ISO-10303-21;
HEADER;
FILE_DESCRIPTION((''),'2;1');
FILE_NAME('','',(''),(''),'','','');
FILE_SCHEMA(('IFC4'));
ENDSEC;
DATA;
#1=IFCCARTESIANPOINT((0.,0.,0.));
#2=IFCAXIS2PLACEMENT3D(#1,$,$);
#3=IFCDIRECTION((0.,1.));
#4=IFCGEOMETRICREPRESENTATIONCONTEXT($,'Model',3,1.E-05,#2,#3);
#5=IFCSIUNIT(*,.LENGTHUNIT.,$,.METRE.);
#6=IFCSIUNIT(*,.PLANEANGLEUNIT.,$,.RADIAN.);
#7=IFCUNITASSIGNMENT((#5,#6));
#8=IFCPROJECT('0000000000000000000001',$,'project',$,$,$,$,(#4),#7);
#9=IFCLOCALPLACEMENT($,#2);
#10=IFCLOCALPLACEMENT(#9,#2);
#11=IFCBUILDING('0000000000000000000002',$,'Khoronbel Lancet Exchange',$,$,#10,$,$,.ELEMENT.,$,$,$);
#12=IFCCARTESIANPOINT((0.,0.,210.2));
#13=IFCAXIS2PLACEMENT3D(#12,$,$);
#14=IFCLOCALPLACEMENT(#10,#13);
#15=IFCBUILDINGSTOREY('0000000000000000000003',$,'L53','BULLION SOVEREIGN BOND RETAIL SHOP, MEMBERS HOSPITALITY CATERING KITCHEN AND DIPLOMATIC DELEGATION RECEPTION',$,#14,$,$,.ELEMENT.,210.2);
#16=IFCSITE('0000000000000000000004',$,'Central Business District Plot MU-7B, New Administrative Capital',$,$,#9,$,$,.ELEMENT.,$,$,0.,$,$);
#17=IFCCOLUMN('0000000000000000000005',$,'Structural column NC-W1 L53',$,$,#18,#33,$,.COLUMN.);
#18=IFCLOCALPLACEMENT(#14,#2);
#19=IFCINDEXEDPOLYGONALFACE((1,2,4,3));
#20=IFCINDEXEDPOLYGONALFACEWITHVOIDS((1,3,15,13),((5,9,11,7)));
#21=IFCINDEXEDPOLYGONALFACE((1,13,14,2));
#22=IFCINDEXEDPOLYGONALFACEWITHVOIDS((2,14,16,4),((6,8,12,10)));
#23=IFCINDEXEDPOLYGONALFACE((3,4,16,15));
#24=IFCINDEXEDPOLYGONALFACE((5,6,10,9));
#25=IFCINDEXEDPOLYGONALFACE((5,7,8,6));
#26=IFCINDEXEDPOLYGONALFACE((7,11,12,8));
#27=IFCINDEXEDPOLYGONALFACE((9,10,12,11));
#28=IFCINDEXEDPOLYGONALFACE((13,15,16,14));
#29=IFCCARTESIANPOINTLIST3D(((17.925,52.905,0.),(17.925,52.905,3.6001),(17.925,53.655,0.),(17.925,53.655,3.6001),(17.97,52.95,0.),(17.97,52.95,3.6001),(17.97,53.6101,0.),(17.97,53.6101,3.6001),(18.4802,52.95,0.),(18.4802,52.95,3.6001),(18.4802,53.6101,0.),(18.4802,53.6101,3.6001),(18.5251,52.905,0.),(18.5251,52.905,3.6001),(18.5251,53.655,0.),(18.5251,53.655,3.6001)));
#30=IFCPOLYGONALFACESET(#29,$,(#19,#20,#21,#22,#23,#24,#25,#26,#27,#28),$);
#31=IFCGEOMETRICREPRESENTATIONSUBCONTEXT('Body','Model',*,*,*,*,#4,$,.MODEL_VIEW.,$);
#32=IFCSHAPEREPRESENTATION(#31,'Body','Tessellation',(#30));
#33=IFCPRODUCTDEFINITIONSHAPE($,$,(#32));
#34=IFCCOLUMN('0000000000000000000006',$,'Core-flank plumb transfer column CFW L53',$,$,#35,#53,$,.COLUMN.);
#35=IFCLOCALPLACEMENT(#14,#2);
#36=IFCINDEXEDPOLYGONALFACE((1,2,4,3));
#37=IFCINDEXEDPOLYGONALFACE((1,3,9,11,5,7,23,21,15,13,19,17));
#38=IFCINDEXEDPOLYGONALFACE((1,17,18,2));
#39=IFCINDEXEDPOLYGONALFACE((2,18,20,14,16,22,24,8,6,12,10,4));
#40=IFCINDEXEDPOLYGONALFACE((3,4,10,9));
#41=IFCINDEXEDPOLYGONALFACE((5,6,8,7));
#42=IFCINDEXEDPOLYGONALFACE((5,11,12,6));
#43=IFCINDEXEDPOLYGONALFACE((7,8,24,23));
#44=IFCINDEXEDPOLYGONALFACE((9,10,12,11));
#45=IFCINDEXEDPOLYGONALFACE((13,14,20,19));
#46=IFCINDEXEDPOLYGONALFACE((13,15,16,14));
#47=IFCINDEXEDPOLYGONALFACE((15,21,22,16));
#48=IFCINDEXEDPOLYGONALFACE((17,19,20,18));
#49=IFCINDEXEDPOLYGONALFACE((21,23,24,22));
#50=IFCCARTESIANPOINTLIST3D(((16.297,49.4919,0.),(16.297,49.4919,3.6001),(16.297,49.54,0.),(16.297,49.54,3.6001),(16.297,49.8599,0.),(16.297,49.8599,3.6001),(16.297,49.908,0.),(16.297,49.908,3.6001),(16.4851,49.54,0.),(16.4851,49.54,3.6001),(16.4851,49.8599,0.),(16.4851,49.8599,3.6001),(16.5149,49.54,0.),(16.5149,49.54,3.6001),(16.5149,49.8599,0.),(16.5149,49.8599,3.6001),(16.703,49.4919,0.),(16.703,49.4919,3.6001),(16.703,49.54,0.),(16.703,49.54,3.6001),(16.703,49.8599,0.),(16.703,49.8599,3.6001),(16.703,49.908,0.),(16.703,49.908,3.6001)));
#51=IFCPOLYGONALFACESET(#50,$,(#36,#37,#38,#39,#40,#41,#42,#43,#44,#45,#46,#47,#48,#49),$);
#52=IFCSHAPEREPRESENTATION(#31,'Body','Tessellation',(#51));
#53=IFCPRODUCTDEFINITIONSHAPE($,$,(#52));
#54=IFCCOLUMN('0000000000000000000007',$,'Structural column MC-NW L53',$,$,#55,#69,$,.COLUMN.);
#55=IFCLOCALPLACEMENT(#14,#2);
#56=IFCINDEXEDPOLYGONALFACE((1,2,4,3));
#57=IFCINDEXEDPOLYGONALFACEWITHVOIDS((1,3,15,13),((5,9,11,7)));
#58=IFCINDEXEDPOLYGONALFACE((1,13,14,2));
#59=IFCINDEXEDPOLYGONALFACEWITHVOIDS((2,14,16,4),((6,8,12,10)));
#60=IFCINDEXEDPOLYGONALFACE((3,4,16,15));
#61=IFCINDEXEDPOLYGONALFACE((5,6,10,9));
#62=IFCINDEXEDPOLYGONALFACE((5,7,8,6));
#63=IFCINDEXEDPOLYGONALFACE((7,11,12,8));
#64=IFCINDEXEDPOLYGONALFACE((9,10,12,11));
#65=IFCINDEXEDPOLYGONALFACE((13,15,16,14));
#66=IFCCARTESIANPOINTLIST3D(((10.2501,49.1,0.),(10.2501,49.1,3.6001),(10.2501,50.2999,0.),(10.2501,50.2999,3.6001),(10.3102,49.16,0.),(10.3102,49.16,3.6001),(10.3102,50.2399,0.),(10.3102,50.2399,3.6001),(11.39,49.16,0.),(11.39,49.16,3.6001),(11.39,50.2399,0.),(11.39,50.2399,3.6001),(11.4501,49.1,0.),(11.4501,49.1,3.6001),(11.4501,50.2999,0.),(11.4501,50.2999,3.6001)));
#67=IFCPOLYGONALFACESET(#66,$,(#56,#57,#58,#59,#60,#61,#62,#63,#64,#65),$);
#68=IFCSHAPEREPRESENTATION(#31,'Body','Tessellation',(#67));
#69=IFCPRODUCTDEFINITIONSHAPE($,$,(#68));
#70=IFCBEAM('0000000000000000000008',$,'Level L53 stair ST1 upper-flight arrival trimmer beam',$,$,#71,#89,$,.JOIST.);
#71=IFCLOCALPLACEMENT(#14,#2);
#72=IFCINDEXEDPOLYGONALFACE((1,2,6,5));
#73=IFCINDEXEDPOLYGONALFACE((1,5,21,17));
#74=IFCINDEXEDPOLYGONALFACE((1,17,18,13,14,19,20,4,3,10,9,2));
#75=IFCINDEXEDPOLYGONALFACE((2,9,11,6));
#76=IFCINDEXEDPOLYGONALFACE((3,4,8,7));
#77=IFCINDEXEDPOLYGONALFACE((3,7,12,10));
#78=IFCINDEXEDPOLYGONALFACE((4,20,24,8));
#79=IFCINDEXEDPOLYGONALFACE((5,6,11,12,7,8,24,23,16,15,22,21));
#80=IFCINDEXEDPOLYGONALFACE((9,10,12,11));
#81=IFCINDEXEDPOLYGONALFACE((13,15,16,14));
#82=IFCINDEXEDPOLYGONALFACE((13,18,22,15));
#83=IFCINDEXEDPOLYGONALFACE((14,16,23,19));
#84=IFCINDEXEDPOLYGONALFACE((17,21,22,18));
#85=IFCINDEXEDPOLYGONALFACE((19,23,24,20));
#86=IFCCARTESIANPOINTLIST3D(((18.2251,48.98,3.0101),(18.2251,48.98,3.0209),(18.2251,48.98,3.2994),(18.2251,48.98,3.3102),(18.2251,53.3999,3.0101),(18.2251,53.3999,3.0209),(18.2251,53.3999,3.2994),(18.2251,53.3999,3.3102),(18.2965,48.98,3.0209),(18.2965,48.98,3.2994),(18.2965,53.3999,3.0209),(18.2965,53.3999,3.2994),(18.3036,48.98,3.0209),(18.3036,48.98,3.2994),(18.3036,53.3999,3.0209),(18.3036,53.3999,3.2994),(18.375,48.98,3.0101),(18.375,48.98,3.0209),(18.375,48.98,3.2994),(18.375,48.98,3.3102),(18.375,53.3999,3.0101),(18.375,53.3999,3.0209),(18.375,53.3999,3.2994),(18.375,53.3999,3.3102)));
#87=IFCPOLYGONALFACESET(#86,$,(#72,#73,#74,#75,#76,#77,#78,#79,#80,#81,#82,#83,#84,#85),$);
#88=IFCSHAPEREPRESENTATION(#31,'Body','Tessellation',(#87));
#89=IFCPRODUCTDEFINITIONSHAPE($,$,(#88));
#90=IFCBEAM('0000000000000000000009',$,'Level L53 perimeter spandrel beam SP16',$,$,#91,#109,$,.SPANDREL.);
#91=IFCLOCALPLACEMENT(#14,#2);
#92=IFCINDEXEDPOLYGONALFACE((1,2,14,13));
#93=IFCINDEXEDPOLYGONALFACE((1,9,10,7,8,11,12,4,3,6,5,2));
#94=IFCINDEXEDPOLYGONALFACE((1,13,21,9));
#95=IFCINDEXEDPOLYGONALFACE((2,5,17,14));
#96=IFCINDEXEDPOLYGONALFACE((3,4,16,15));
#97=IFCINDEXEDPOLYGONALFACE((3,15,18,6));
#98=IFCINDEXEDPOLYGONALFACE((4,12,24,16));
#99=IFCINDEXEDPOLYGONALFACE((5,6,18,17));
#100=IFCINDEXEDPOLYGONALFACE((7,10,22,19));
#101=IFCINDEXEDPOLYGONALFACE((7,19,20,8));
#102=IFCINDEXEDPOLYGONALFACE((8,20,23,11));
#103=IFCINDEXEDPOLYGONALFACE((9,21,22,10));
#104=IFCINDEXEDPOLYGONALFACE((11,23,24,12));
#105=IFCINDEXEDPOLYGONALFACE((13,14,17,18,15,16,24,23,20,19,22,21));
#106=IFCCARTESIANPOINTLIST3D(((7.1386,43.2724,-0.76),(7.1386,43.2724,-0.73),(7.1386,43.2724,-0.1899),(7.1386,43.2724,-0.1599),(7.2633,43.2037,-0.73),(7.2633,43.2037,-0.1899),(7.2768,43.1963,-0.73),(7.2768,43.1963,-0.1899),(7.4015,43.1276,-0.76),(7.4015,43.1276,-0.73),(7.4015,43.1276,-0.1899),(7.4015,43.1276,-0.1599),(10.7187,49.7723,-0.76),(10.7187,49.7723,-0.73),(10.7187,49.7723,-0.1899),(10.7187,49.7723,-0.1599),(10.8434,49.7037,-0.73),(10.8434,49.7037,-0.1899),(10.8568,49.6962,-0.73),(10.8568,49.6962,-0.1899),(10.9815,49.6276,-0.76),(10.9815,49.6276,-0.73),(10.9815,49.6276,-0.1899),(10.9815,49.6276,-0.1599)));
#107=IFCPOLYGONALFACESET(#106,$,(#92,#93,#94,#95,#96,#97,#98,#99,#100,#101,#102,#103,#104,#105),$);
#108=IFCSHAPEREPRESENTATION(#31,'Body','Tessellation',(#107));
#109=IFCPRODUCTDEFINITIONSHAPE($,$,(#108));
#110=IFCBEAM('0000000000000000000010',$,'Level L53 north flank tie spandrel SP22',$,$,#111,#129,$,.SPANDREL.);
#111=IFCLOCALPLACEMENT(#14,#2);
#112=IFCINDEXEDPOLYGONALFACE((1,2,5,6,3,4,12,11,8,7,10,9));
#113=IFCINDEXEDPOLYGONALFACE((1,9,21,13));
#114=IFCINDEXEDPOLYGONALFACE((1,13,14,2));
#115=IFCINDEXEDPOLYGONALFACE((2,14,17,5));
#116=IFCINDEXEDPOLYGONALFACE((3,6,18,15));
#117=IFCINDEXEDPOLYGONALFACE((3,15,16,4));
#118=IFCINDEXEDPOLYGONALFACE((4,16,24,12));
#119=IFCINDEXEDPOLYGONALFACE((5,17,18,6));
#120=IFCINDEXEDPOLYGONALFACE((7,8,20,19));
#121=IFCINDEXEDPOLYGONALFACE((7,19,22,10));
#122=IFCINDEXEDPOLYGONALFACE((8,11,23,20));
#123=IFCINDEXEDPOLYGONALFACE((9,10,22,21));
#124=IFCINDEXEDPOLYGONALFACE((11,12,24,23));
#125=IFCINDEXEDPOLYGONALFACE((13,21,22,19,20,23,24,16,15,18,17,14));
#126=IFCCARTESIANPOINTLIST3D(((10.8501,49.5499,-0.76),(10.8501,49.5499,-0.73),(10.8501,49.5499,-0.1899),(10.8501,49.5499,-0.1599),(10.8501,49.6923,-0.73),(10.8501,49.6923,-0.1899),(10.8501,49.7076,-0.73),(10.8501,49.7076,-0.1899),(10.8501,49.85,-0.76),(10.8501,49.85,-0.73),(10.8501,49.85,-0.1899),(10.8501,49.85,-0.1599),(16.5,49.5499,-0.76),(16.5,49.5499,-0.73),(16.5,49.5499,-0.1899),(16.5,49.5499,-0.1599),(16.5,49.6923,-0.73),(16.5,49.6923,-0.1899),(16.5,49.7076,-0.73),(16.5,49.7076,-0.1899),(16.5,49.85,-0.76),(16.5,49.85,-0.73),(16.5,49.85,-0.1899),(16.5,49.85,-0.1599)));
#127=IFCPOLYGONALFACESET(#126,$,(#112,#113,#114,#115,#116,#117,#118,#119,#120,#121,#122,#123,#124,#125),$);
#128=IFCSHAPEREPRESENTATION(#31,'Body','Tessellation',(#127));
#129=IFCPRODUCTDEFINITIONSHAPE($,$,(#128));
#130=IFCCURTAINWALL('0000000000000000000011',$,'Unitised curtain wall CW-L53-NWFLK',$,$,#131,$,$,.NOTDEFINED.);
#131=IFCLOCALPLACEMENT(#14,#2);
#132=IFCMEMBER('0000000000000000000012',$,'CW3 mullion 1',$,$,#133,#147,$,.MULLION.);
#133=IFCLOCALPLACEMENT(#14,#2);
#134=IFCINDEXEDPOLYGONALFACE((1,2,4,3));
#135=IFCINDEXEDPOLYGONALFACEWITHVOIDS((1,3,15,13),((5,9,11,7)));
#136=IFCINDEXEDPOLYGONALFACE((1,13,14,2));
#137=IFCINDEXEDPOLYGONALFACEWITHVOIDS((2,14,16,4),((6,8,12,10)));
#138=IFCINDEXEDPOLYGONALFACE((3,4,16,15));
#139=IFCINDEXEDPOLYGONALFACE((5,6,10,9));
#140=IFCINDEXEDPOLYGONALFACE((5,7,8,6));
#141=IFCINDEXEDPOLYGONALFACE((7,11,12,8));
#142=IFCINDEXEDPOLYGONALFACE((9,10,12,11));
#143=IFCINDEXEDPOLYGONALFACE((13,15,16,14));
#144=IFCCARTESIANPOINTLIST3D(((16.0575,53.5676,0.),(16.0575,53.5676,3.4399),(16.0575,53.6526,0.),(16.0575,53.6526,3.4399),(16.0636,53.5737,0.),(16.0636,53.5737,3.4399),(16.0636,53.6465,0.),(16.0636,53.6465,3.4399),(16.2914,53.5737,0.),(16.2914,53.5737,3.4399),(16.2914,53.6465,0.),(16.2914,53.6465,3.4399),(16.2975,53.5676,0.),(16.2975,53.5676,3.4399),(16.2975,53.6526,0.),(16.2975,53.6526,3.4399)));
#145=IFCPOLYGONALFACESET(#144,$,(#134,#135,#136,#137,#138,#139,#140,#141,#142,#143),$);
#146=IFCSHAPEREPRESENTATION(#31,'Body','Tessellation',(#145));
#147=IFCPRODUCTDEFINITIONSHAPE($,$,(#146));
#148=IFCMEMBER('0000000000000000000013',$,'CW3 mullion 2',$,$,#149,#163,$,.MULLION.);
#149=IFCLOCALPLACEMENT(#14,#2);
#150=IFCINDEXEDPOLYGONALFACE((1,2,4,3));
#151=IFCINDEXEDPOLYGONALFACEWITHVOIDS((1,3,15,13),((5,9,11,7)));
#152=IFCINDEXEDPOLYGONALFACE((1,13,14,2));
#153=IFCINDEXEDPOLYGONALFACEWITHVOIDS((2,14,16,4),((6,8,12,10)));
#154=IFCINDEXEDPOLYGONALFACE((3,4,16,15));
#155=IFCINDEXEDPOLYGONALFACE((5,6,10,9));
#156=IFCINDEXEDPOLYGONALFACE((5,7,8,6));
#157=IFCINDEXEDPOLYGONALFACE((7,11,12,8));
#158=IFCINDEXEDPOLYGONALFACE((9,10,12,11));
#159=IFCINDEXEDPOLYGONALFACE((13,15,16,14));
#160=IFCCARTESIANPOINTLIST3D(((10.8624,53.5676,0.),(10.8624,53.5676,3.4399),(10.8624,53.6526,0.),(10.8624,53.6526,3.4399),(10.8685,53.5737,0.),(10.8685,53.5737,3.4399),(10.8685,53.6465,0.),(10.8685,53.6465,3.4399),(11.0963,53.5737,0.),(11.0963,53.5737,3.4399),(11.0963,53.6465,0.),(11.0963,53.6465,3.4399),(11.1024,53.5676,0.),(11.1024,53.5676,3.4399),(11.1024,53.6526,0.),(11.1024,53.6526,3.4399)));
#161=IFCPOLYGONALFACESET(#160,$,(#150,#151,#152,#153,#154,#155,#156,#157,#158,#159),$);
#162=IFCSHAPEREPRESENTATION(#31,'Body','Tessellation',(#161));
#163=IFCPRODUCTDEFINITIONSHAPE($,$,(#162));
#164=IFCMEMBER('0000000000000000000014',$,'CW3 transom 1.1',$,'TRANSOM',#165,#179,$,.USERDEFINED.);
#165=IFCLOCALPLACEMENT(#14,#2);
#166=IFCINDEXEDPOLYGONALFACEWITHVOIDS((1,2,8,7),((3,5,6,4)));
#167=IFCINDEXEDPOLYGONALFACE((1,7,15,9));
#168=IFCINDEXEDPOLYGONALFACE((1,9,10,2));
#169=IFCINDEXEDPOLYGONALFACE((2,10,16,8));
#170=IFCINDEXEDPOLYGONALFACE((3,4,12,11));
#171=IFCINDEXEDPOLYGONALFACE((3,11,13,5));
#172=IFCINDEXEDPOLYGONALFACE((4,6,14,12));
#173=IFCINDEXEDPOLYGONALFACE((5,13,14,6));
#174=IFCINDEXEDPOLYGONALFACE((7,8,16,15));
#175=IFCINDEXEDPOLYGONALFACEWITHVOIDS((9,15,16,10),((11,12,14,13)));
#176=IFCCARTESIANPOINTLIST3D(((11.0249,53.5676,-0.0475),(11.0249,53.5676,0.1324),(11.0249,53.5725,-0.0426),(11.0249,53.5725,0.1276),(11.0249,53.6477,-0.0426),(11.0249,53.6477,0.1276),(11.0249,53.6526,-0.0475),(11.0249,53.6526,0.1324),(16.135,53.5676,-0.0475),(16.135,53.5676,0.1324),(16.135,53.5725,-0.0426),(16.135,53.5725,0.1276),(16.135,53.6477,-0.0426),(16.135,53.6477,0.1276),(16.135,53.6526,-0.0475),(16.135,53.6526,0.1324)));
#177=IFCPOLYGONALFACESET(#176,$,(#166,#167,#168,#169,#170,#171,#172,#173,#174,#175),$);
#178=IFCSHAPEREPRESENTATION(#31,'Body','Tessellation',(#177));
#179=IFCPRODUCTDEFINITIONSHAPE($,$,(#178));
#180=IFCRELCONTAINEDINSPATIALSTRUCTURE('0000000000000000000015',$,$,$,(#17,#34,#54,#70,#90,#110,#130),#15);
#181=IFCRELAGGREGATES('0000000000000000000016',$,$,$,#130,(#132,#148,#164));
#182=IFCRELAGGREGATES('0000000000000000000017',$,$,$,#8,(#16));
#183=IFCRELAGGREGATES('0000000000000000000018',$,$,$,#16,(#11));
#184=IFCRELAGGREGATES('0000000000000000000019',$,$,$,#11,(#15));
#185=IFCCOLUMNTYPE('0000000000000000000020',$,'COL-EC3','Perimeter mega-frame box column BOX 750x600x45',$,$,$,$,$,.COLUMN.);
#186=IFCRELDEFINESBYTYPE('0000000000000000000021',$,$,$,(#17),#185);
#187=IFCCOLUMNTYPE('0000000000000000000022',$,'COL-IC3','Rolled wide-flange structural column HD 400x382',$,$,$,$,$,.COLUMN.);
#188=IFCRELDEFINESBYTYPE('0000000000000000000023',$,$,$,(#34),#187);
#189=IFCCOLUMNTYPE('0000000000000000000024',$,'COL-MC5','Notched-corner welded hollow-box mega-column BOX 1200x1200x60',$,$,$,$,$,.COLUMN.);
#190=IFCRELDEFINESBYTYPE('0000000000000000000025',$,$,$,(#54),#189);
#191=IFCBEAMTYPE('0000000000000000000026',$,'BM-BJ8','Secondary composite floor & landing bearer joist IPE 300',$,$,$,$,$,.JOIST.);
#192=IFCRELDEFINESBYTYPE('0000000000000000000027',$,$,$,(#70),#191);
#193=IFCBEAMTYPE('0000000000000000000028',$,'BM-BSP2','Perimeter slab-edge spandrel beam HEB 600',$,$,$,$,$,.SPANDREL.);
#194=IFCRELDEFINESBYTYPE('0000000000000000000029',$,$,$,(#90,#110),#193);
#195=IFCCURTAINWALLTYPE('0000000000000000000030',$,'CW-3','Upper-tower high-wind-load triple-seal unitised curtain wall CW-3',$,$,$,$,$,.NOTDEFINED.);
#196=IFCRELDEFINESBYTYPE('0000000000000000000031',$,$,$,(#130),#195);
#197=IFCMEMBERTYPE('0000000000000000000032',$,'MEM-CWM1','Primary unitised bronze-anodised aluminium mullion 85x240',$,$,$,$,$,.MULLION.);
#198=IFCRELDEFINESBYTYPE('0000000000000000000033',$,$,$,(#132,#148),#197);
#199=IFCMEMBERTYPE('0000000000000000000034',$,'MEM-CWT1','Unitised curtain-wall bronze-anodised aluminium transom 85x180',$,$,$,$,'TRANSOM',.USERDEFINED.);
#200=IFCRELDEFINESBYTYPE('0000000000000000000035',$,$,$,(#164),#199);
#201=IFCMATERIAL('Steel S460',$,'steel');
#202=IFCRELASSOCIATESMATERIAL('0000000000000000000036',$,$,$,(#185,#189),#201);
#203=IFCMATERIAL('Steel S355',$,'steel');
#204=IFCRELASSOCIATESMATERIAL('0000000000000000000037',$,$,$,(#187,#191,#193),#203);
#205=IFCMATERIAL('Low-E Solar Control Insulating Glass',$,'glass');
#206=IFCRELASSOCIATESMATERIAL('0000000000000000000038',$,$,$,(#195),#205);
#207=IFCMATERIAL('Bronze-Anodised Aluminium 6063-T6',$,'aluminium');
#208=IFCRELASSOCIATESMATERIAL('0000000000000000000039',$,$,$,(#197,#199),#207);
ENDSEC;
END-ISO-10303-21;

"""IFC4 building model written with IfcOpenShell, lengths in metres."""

from ifc_helpers import new_model, si_unit, direction, frame, origin, origin_2d, place, context, subcontext, project, spatial, hollow_rectangle, i_section, extrude, material, material_profile, profile_set, type_object, element, aggregate, save


model = new_model("IFC4")

# Units and contexts
model_context = context("Model", 3, precision=1e-05, world=origin(), true_north=direction((0.0, 1.0)))
body_context = subcontext(model_context, "Body", "Model", "MODEL_VIEW")
ifc_project = project(units=[si_unit("LENGTHUNIT", "METRE"), si_unit("PLANEANGLEUNIT", "RADIAN")], contexts=[model_context])

# Site, building, storey
site_placement = place(None, origin())
site = spatial("IfcSite", under=ifc_project, at=site_placement, Name="Central Business District Plot MU-7B, New Administrative Capital", CompositionType="ELEMENT", RefElevation=0.0)
building_placement = place(site_placement, origin())
building = spatial("IfcBuilding", under=site, at=building_placement, Name="Khoronbel Lancet Exchange", CompositionType="ELEMENT")
storey_placement = place(building_placement, frame((0.0, 0.0, 210.2)))
storey = spatial("IfcBuildingStorey", under=building, at=storey_placement, Name="L53", Description="BULLION SOVEREIGN BOND RETAIL SHOP, MEMBERS HOSPITALITY CATERING KITCHEN AND DIPLOMATIC DELEGATION RECEPTION", CompositionType="ELEMENT", Elevation=210.2)

# Columns
ifc_material_1 = material(Name="Steel S460", Category="steel")
ifc_material_profile_1 = material_profile(ifc_material_1, hollow_rectangle(XDim=0.6001, YDim=0.75, WallThickness=0.0449, at=origin_2d()), Name="BOX 750x600x45")
ifc_profile_set_1 = profile_set([ifc_material_profile_1], Name="Steel S460")
column_type_1 = type_object("IfcColumnType", Name="COL-EC3", Description="Perimeter mega-frame box column BOX 750x600x45", PredefinedType="COLUMN", material=ifc_profile_set_1)
column_1_placement = place(storey_placement, frame((18.2251, 53.28, 0.0), z_axis=(0.0, 0.0, 1.0), x_axis=(1.0, 0.0, 0.0)))
element("IfcColumn", 1, at=column_1_placement, inside=storey, type_object=column_type_1, Name="Structural column NC-W1 L53", PredefinedType="COLUMN", context=body_context, shape_type="SweptSolid", body=[
    extrude(hollow_rectangle(XDim=0.6001, YDim=0.75, WallThickness=0.0449, at=origin_2d()), origin(), (0.0, 0.0, 1.0), 3.6001),
])
ifc_material_2 = material(Name="Steel S355", Category="steel")
ifc_material_profile_2 = material_profile(ifc_material_2, i_section(OverallWidth=0.406, OverallDepth=0.416, WebThickness=0.0298, FlangeThickness=0.0481, at=origin_2d()), Name="HD 400x382")
ifc_profile_set_2 = profile_set([ifc_material_profile_2], Name="Steel S355")
column_type_2 = type_object("IfcColumnType", Name="COL-IC3", Description="Rolled wide-flange structural column HD 400x382", PredefinedType="COLUMN", material=ifc_profile_set_2)
column_2_placement = place(storey_placement, frame((16.5, 49.7, 0.0), z_axis=(0.0, 0.0, 1.0), x_axis=(1.0, 0.0, 0.0)))
element("IfcColumn", 2, at=column_2_placement, inside=storey, type_object=column_type_2, Name="Core-flank plumb transfer column CFW L53", PredefinedType="COLUMN", context=body_context, shape_type="SweptSolid", body=[
    extrude(i_section(OverallWidth=0.406, OverallDepth=0.416, WebThickness=0.0298, FlangeThickness=0.0481, at=origin_2d()), origin(), (0.0, 0.0, 1.0), 3.6001),
])
ifc_material_profile_3 = material_profile(ifc_material_1, hollow_rectangle(XDim=1.2, YDim=1.2, WallThickness=0.0601, at=origin_2d()), Name="BOX 1200x1200x60")
ifc_profile_set_3 = profile_set([ifc_material_profile_3], Name="Steel S460")
column_type_3 = type_object("IfcColumnType", Name="COL-MC5", Description="Notched-corner welded hollow-box mega-column BOX 1200x1200x60", PredefinedType="COLUMN", material=ifc_profile_set_3)
column_3_placement = place(storey_placement, frame((10.8501, 49.7, 0.0), z_axis=(0.0, 0.0, 1.0), x_axis=(1.0, 0.0, 0.0)))
element("IfcColumn", 3, at=column_3_placement, inside=storey, type_object=column_type_3, Name="Structural column MC-NW L53", PredefinedType="COLUMN", context=body_context, shape_type="SweptSolid", body=[
    extrude(hollow_rectangle(XDim=1.2, YDim=1.2, WallThickness=0.0601, at=origin_2d()), origin(), (0.0, 0.0, 1.0), 3.6001),
])

# Beams
ifc_material_profile_4 = material_profile(ifc_material_2, i_section(OverallWidth=0.1499, OverallDepth=0.3, WebThickness=0.0071, FlangeThickness=0.0107, at=origin_2d()), Name="IPE 300")
ifc_profile_set_4 = profile_set([ifc_material_profile_4], Name="Steel S355")
beam_type_1 = type_object("IfcBeamType", Name="BM-BJ8", Description="Secondary composite floor & landing bearer joist IPE 300", PredefinedType="JOIST", material=ifc_profile_set_4)
beam_1_placement = place(storey_placement, frame((18.3, 48.98, 3.1602), z_axis=(0.0, 1.0, 0.0), x_axis=(-1.0, 0.0, 0.0)))
element("IfcBeam", 4, at=beam_1_placement, inside=storey, type_object=beam_type_1, Name="Level L53 stair ST1 upper-flight arrival trimmer beam", PredefinedType="JOIST", context=body_context, shape_type="SweptSolid", body=[
    extrude(i_section(OverallWidth=0.1499, OverallDepth=0.3, WebThickness=0.0071, FlangeThickness=0.0107, at=origin_2d()), origin(), (0.0, 0.0, 1.0), 4.4199),
])
ifc_material_profile_5 = material_profile(ifc_material_2, i_section(OverallWidth=0.3, OverallDepth=0.6001, WebThickness=0.0154, FlangeThickness=0.03, at=origin_2d()), Name="HEB 600")
ifc_profile_set_5 = profile_set([ifc_material_profile_5], Name="Steel S355")
beam_type_2 = type_object("IfcBeamType", Name="BM-BSP2", Description="Perimeter slab-edge spandrel beam HEB 600", PredefinedType="SPANDREL", material=ifc_profile_set_5)
beam_2_placement = place(storey_placement, frame((10.8501, 49.7, -0.46), z_axis=(-0.482444, -0.875927, 0.0), x_axis=(0.875927, -0.482444, 0.0)))
element("IfcBeam", 5, at=beam_2_placement, inside=storey, type_object=beam_type_2, Name="Level L53 perimeter spandrel beam SP16", PredefinedType="SPANDREL", context=body_context, shape_type="SweptSolid", body=[
    extrude(i_section(OverallWidth=0.3, OverallDepth=0.6001, WebThickness=0.0154, FlangeThickness=0.03, at=origin_2d()), origin(), (0.0, 0.0, 1.0), 7.4207),
])
beam_3_placement = place(storey_placement, frame((10.8501, 49.7, -0.46), z_axis=(1.0, 0.0, 0.0), x_axis=(0.0, 1.0, 0.0)))
element("IfcBeam", 6, at=beam_3_placement, inside=storey, type_object=beam_type_2, Name="Level L53 north flank tie spandrel SP22", PredefinedType="SPANDREL", context=body_context, shape_type="SweptSolid", body=[
    extrude(i_section(OverallWidth=0.3, OverallDepth=0.6001, WebThickness=0.0154, FlangeThickness=0.03, at=origin_2d()), origin(), (0.0, 0.0, 1.0), 5.6499),
])

# Curtain wall, members
ifc_material_3 = material(Name="Low-E Solar Control Insulating Glass", Category="glass")
curtain_wall_type = type_object("IfcCurtainWallType", Name="CW-3", Description="Upper-tower high-wind-load triple-seal unitised curtain wall CW-3", PredefinedType="NOTDEFINED", material=ifc_material_3)
curtain_wall_placement = place(storey_placement, origin())
curtain_wall = element("IfcCurtainWall", 7, at=curtain_wall_placement, inside=storey, type_object=curtain_wall_type, Name="Unitised curtain wall CW-L53-NWFLK", PredefinedType="NOTDEFINED")
ifc_material_4 = material(Name="Bronze-Anodised Aluminium 6063-T6", Category="aluminium")
ifc_material_profile_6 = material_profile(ifc_material_4, hollow_rectangle(XDim=0.085, YDim=0.24, WallThickness=0.0061, at=origin_2d()), Name="ALU MULLION 85x240")
ifc_profile_set_6 = profile_set([ifc_material_profile_6], Name="Bronze-Anodised Aluminium 6063-T6")
member_type_1 = type_object("IfcMemberType", Name="MEM-CWM1", Description="Primary unitised bronze-anodised aluminium mullion 85x240", PredefinedType="MULLION", material=ifc_profile_set_6)
member_1_placement = place(storey_placement, frame((16.1775, 53.6101, 0.0), z_axis=(0.0, 0.0, 1.0), x_axis=(0.0, -1.0, 0.0)))
member_1 = element("IfcMember", 8, at=member_1_placement, type_object=member_type_1, Name="CW3 mullion 1", PredefinedType="MULLION", context=body_context, shape_type="SweptSolid", body=[
    extrude(hollow_rectangle(XDim=0.085, YDim=0.24, WallThickness=0.0061, at=origin_2d()), origin(), (0.0, 0.0, 1.0), 3.4399),
])
member_2_placement = place(storey_placement, frame((10.9824, 53.6101, 0.0), z_axis=(0.0, 0.0, 1.0), x_axis=(0.0, -1.0, 0.0)))
member_2 = element("IfcMember", 9, at=member_2_placement, type_object=member_type_1, Name="CW3 mullion 2", PredefinedType="MULLION", context=body_context, shape_type="SweptSolid", body=[
    extrude(hollow_rectangle(XDim=0.085, YDim=0.24, WallThickness=0.0061, at=origin_2d()), origin(), (0.0, 0.0, 1.0), 3.4399),
])
ifc_material_profile_7 = material_profile(ifc_material_4, hollow_rectangle(XDim=0.085, YDim=0.1799, WallThickness=0.0049, at=origin_2d()), Name="ALU TRANSOM 85x180")
ifc_profile_set_7 = profile_set([ifc_material_profile_7], Name="Bronze-Anodised Aluminium 6063-T6")
member_type_2 = type_object("IfcMemberType", Name="MEM-CWT1", Description="Unitised curtain-wall bronze-anodised aluminium transom 85x180", ElementType="TRANSOM", PredefinedType="USERDEFINED", material=ifc_profile_set_7)
member_3_placement = place(storey_placement, frame((16.135, 53.6101, 0.0425), z_axis=(-1.0, 0.0, 0.0), x_axis=(0.0, -1.0, 0.0)))
member_3 = element("IfcMember", 10, at=member_3_placement, type_object=member_type_2, Name="CW3 transom 1.1", ObjectType="TRANSOM", PredefinedType="USERDEFINED", context=body_context, shape_type="SweptSolid", body=[
    extrude(hollow_rectangle(XDim=0.085, YDim=0.1799, WallThickness=0.0049, at=origin_2d()), origin(), (0.0, 0.0, 1.0), 5.1101),
])

aggregate(curtain_wall, [member_1, member_2, member_3])

save(model, "model.ifc")
